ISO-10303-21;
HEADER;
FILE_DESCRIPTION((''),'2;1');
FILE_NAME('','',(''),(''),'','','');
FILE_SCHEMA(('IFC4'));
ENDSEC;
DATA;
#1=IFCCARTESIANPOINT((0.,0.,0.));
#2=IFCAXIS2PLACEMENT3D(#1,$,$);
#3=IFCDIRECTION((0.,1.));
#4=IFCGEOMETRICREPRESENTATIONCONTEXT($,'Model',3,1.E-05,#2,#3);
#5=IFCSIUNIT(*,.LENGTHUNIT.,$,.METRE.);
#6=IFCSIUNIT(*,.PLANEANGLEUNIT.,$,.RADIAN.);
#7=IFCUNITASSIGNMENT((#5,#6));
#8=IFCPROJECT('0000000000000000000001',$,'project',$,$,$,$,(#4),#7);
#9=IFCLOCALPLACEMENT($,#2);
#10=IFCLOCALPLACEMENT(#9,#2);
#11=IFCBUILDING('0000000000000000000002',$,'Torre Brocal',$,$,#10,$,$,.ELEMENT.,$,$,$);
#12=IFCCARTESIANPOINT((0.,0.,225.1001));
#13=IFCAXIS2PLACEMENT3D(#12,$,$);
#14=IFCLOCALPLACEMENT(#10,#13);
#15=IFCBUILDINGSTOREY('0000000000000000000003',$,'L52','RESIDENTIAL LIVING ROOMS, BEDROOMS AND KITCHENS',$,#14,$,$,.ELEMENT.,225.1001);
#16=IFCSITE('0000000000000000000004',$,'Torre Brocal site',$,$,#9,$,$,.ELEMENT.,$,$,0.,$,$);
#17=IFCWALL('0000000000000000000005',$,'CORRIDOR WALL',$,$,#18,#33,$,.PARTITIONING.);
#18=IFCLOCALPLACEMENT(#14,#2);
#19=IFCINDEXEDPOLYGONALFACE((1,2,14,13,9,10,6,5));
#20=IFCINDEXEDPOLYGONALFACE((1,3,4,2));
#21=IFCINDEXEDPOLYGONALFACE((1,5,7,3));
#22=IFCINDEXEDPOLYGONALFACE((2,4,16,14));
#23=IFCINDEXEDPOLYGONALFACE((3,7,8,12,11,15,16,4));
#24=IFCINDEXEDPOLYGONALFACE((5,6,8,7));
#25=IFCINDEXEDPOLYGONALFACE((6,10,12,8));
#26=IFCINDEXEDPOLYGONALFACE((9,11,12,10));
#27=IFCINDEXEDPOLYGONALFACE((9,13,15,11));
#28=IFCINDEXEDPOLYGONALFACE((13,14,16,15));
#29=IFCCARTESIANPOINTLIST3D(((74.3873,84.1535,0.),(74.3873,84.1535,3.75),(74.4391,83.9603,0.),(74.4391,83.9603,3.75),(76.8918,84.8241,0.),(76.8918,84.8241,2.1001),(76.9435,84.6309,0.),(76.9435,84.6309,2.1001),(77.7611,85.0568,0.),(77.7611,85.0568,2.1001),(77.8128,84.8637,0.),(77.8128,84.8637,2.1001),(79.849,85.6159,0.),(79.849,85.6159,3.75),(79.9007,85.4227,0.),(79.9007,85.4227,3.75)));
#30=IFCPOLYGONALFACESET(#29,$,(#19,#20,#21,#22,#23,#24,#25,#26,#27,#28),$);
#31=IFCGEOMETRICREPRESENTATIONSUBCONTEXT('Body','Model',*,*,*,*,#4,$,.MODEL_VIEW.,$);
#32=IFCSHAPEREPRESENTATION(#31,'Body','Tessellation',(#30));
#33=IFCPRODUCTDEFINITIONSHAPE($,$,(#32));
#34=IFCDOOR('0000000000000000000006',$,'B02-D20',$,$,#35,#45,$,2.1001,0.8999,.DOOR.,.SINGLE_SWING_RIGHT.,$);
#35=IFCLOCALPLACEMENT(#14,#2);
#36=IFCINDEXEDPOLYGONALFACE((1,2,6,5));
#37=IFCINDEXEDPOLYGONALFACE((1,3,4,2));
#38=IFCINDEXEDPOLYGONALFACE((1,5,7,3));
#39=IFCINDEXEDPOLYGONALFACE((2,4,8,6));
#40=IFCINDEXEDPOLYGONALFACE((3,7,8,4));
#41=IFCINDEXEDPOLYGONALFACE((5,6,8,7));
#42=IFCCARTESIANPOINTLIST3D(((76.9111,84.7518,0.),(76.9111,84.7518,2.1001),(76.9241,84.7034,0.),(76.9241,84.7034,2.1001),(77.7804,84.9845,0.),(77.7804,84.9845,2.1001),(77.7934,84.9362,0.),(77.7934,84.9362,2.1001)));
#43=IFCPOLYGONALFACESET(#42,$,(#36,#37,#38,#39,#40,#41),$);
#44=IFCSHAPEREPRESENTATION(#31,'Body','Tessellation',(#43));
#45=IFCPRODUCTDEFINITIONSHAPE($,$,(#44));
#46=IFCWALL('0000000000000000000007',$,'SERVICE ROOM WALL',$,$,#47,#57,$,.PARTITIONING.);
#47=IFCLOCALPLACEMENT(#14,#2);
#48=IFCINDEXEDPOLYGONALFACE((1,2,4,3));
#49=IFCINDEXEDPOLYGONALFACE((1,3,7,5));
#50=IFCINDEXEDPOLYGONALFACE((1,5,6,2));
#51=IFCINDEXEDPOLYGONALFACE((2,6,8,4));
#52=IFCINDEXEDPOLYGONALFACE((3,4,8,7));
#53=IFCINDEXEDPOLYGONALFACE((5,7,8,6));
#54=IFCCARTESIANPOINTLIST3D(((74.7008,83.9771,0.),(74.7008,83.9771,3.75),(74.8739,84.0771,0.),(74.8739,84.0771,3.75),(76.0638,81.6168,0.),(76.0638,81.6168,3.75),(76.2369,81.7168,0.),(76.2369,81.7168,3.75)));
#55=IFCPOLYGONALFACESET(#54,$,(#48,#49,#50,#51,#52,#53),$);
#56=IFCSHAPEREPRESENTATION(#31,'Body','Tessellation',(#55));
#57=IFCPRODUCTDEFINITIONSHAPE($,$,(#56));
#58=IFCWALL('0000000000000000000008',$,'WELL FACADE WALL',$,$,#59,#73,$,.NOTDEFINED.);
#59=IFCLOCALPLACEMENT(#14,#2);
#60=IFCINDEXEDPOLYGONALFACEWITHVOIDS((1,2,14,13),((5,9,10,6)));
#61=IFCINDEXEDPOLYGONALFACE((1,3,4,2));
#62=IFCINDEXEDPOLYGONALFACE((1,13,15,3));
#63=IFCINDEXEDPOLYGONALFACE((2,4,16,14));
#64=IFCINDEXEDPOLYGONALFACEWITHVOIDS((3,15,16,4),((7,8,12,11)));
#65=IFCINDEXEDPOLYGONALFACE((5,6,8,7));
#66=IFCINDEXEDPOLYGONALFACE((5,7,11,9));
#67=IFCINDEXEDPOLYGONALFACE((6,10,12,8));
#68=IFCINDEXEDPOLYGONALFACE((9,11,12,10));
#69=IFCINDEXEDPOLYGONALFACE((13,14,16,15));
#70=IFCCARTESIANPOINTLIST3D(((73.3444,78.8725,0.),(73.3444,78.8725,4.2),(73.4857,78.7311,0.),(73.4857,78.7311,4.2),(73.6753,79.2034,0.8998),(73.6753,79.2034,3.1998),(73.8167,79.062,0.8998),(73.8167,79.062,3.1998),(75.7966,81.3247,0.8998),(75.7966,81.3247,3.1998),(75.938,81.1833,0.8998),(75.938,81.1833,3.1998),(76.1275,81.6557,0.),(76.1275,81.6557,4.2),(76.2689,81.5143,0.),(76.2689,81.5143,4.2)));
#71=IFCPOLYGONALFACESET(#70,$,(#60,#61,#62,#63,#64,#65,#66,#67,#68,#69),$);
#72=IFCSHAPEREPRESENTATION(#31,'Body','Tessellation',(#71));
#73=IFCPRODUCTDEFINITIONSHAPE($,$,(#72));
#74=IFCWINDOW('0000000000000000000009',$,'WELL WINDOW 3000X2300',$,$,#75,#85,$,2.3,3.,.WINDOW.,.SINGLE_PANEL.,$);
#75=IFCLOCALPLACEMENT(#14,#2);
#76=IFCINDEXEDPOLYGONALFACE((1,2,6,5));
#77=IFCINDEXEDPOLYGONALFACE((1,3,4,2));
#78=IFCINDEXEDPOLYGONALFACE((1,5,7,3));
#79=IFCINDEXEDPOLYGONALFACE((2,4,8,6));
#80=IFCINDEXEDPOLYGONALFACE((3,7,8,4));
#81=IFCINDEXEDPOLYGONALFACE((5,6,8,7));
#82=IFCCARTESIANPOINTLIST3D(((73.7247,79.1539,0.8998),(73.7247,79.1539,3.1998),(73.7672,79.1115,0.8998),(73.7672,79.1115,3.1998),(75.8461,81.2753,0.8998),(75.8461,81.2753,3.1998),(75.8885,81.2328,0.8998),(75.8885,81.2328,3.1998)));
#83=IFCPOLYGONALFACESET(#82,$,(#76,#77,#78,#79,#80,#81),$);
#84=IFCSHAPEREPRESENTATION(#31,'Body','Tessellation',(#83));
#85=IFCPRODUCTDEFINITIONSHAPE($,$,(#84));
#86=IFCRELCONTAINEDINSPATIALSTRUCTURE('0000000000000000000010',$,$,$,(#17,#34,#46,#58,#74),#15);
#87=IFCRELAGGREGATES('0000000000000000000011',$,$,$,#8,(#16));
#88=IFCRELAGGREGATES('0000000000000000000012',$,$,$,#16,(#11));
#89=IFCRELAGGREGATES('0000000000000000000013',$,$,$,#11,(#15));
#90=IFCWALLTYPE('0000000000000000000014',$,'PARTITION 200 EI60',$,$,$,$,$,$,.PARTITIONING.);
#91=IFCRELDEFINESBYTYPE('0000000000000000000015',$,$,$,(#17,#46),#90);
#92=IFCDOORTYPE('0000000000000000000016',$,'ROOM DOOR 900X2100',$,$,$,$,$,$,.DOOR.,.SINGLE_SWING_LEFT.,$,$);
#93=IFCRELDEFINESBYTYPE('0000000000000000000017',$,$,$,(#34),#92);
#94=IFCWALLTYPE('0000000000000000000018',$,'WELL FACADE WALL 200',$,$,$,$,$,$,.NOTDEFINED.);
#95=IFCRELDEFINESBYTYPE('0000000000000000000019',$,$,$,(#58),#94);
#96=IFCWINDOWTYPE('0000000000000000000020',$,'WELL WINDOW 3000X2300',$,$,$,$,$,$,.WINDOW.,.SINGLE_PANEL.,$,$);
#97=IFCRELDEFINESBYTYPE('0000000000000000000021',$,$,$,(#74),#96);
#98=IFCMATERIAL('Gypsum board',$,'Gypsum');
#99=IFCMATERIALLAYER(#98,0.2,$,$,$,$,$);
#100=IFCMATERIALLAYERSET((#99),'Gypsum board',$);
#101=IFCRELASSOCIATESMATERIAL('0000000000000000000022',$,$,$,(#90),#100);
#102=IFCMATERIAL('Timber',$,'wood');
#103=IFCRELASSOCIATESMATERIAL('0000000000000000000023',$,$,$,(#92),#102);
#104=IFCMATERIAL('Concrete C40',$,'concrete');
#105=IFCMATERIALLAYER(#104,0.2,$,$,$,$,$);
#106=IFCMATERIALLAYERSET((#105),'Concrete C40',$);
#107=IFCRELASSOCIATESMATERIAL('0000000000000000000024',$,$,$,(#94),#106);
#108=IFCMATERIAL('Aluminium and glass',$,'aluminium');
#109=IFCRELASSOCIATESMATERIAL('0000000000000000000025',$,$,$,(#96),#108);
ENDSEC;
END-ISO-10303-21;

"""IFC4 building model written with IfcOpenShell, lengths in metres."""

from ifc_helpers import new_model, si_unit, direction, frame, frame_2d, origin, place, context, subcontext, project, spatial, rectangle, extrude, material, layer, layer_set, type_object, element, fill, save


model = new_model("IFC4")

# Units and contexts
model_context = context("Model", 3, precision=1e-05, world=origin(), true_north=direction((0.0, 1.0)))
body_context = subcontext(model_context, "Body", "Model", "MODEL_VIEW")
ifc_project = project(units=[si_unit("LENGTHUNIT", "METRE"), si_unit("PLANEANGLEUNIT", "RADIAN")], contexts=[model_context])

# Site, building, storey
site_placement = place(None, origin())
site = spatial("IfcSite", under=ifc_project, at=site_placement, Name="Torre Brocal site", CompositionType="ELEMENT", RefElevation=0.0)
building_placement = place(site_placement, origin())
building = spatial("IfcBuilding", under=site, at=building_placement, Name="Torre Brocal", CompositionType="ELEMENT")
storey_placement = place(building_placement, frame((0.0, 0.0, 225.1001)))
storey = spatial("IfcBuildingStorey", under=building, at=storey_placement, Name="L52", Description="RESIDENTIAL LIVING ROOMS, BEDROOMS AND KITCHENS", CompositionType="ELEMENT", Elevation=225.1001)

# Shared definitions
ifc_material_1 = material(Name="Gypsum board", Category="Gypsum")
ifc_layer_1 = layer(ifc_material_1, 0.2)
ifc_layer_set_1 = layer_set([ifc_layer_1], Name="Gypsum board")
wall_type_1 = type_object("IfcWallType", Name="PARTITION 200 EI60", PredefinedType="PARTITIONING", material=ifc_layer_set_1)

# Wall, opening, door
ifc_material_2 = material(Name="Timber", Category="wood")
door_type_1 = type_object("IfcDoorType", Name="ROOM DOOR 900X2100", OperationType="SINGLE_SWING_LEFT", PredefinedType="DOOR", material=ifc_material_2)
wall_1_placement = place(storey_placement, frame((74.4131, 84.0569, 0.0), z_axis=(0.0, 0.0, 1.0), x_axis=(0.965972, 0.258646, 0.0)))
wall_1 = element("IfcWall", 1, at=wall_1_placement, inside=storey, type_object=wall_type_1, Name="CORRIDOR WALL", PredefinedType="PARTITIONING", context=body_context, shape_type="SweptSolid", body=[
    extrude(rectangle(XDim=5.6541, YDim=0.2, at=frame_2d((2.8271, 0.0))), origin(), (0.0, 0.0, 1.0), 3.75),
])
opening_1_placement = place(wall_1_placement, frame((2.5928, 0.0, 0.0)))
opening_1 = element("IfcOpeningElement", 2, at=opening_1_placement, cuts=wall_1, PredefinedType="OPENING", context=body_context, shape_type="SweptSolid", body=[
    extrude(rectangle(XDim=0.8999, YDim=2.1001, at=frame_2d((0.45, 1.05))), frame((0.0, 0.1099, 0.0), z_axis=(0.0, -1.0, 0.0), x_axis=(1.0, 0.0, 0.0)), (0.0, 0.0, 1.0), 0.22),
])
door_1_placement = place(opening_1_placement, frame((0.8999, 0.0, 0.0), z_axis=(0.0, 0.0, 1.0), x_axis=(-1.0, 0.0, 0.0)))
door_1 = element("IfcDoor", 3, at=door_1_placement, inside=storey, type_object=door_type_1, Name="B02-D20", OperationType="SINGLE_SWING_RIGHT", OverallHeight=2.1001, OverallWidth=0.8999, PredefinedType="DOOR", context=body_context, shape_type="SweptSolid", body=[
    extrude(rectangle(XDim=0.8999, YDim=2.1001, at=frame_2d((0.45, 1.05))), frame((0.0, 0.0249, 0.0), z_axis=(0.0, -1.0, 0.0), x_axis=(1.0, 0.0, 0.0)), (0.0, 0.0, 1.0), 0.05),
])
fill(opening_1, door_1)

# Wall
wall_2_placement = place(storey_placement, frame((74.7874, 84.0271, 0.0), z_axis=(0.0, 0.0, 1.0), x_axis=(0.500079, -0.86598, 0.0)))
element("IfcWall", 4, at=wall_2_placement, inside=storey, type_object=wall_type_1, Name="SERVICE ROOM WALL", PredefinedType="PARTITIONING", context=body_context, shape_type="SweptSolid", body=[
    extrude(rectangle(XDim=2.7256, YDim=0.2, at=frame_2d((1.3628, 0.0))), origin(), (0.0, 0.0, 1.0), 3.75),
])

# Wall, opening, window
ifc_material_3 = material(Name="Concrete C40", Category="concrete")
ifc_layer_2 = layer(ifc_material_3, 0.2)
ifc_layer_set_2 = layer_set([ifc_layer_2], Name="Concrete C40")
wall_type_2 = type_object("IfcWallType", Name="WELL FACADE WALL 200", PredefinedType="NOTDEFINED", material=ifc_layer_set_2)
wall_3_placement = place(storey_placement, frame((76.1982, 81.585, 0.0), z_axis=(0.0, 0.0, 1.0), x_axis=(-0.707107, -0.707107, 0.0)))
wall_3 = element("IfcWall", 5, at=wall_3_placement, inside=storey, type_object=wall_type_2, Name="WELL FACADE WALL", PredefinedType="NOTDEFINED", context=body_context, shape_type="SweptSolid", body=[
    extrude(rectangle(XDim=3.936, YDim=0.2, at=frame_2d((1.968, 0.0))), origin(), (0.0, 0.0, 1.0), 4.2),
])
opening_2_placement = place(wall_3_placement, frame((0.468, 0.0, 0.8999)))
opening_2 = element("IfcOpeningElement", 6, at=opening_2_placement, cuts=wall_3, PredefinedType="OPENING", context=body_context, shape_type="SweptSolid", body=[
    extrude(rectangle(XDim=3.0, YDim=2.3, at=frame_2d((1.5, 1.1499))), frame((0.0, 0.1099, 0.0), z_axis=(0.0, -1.0, 0.0), x_axis=(1.0, 0.0, 0.0)), (0.0, 0.0, 1.0), 0.22),
])
ifc_material_4 = material(Name="Aluminium and glass", Category="aluminium")
window_type = type_object("IfcWindowType", Name="WELL WINDOW 3000X2300", PartitioningType="SINGLE_PANEL", PredefinedType="WINDOW", material=ifc_material_4)
window_placement = place(opening_2_placement, origin())
window = element("IfcWindow", 7, at=window_placement, inside=storey, type_object=window_type, Name="WELL WINDOW 3000X2300", OverallHeight=2.3, OverallWidth=3.0, PartitioningType="SINGLE_PANEL", PredefinedType="WINDOW", context=body_context, shape_type="SweptSolid", body=[
    extrude(rectangle(XDim=3.0, YDim=2.3, at=frame_2d((1.5, 1.1499))), frame((0.0, 0.03, 0.0), z_axis=(0.0, -1.0, 0.0), x_axis=(1.0, 0.0, 0.0)), (0.0, 0.0, 1.0), 0.0601),
])
fill(opening_2, window)

save(model, "model.ifc")
